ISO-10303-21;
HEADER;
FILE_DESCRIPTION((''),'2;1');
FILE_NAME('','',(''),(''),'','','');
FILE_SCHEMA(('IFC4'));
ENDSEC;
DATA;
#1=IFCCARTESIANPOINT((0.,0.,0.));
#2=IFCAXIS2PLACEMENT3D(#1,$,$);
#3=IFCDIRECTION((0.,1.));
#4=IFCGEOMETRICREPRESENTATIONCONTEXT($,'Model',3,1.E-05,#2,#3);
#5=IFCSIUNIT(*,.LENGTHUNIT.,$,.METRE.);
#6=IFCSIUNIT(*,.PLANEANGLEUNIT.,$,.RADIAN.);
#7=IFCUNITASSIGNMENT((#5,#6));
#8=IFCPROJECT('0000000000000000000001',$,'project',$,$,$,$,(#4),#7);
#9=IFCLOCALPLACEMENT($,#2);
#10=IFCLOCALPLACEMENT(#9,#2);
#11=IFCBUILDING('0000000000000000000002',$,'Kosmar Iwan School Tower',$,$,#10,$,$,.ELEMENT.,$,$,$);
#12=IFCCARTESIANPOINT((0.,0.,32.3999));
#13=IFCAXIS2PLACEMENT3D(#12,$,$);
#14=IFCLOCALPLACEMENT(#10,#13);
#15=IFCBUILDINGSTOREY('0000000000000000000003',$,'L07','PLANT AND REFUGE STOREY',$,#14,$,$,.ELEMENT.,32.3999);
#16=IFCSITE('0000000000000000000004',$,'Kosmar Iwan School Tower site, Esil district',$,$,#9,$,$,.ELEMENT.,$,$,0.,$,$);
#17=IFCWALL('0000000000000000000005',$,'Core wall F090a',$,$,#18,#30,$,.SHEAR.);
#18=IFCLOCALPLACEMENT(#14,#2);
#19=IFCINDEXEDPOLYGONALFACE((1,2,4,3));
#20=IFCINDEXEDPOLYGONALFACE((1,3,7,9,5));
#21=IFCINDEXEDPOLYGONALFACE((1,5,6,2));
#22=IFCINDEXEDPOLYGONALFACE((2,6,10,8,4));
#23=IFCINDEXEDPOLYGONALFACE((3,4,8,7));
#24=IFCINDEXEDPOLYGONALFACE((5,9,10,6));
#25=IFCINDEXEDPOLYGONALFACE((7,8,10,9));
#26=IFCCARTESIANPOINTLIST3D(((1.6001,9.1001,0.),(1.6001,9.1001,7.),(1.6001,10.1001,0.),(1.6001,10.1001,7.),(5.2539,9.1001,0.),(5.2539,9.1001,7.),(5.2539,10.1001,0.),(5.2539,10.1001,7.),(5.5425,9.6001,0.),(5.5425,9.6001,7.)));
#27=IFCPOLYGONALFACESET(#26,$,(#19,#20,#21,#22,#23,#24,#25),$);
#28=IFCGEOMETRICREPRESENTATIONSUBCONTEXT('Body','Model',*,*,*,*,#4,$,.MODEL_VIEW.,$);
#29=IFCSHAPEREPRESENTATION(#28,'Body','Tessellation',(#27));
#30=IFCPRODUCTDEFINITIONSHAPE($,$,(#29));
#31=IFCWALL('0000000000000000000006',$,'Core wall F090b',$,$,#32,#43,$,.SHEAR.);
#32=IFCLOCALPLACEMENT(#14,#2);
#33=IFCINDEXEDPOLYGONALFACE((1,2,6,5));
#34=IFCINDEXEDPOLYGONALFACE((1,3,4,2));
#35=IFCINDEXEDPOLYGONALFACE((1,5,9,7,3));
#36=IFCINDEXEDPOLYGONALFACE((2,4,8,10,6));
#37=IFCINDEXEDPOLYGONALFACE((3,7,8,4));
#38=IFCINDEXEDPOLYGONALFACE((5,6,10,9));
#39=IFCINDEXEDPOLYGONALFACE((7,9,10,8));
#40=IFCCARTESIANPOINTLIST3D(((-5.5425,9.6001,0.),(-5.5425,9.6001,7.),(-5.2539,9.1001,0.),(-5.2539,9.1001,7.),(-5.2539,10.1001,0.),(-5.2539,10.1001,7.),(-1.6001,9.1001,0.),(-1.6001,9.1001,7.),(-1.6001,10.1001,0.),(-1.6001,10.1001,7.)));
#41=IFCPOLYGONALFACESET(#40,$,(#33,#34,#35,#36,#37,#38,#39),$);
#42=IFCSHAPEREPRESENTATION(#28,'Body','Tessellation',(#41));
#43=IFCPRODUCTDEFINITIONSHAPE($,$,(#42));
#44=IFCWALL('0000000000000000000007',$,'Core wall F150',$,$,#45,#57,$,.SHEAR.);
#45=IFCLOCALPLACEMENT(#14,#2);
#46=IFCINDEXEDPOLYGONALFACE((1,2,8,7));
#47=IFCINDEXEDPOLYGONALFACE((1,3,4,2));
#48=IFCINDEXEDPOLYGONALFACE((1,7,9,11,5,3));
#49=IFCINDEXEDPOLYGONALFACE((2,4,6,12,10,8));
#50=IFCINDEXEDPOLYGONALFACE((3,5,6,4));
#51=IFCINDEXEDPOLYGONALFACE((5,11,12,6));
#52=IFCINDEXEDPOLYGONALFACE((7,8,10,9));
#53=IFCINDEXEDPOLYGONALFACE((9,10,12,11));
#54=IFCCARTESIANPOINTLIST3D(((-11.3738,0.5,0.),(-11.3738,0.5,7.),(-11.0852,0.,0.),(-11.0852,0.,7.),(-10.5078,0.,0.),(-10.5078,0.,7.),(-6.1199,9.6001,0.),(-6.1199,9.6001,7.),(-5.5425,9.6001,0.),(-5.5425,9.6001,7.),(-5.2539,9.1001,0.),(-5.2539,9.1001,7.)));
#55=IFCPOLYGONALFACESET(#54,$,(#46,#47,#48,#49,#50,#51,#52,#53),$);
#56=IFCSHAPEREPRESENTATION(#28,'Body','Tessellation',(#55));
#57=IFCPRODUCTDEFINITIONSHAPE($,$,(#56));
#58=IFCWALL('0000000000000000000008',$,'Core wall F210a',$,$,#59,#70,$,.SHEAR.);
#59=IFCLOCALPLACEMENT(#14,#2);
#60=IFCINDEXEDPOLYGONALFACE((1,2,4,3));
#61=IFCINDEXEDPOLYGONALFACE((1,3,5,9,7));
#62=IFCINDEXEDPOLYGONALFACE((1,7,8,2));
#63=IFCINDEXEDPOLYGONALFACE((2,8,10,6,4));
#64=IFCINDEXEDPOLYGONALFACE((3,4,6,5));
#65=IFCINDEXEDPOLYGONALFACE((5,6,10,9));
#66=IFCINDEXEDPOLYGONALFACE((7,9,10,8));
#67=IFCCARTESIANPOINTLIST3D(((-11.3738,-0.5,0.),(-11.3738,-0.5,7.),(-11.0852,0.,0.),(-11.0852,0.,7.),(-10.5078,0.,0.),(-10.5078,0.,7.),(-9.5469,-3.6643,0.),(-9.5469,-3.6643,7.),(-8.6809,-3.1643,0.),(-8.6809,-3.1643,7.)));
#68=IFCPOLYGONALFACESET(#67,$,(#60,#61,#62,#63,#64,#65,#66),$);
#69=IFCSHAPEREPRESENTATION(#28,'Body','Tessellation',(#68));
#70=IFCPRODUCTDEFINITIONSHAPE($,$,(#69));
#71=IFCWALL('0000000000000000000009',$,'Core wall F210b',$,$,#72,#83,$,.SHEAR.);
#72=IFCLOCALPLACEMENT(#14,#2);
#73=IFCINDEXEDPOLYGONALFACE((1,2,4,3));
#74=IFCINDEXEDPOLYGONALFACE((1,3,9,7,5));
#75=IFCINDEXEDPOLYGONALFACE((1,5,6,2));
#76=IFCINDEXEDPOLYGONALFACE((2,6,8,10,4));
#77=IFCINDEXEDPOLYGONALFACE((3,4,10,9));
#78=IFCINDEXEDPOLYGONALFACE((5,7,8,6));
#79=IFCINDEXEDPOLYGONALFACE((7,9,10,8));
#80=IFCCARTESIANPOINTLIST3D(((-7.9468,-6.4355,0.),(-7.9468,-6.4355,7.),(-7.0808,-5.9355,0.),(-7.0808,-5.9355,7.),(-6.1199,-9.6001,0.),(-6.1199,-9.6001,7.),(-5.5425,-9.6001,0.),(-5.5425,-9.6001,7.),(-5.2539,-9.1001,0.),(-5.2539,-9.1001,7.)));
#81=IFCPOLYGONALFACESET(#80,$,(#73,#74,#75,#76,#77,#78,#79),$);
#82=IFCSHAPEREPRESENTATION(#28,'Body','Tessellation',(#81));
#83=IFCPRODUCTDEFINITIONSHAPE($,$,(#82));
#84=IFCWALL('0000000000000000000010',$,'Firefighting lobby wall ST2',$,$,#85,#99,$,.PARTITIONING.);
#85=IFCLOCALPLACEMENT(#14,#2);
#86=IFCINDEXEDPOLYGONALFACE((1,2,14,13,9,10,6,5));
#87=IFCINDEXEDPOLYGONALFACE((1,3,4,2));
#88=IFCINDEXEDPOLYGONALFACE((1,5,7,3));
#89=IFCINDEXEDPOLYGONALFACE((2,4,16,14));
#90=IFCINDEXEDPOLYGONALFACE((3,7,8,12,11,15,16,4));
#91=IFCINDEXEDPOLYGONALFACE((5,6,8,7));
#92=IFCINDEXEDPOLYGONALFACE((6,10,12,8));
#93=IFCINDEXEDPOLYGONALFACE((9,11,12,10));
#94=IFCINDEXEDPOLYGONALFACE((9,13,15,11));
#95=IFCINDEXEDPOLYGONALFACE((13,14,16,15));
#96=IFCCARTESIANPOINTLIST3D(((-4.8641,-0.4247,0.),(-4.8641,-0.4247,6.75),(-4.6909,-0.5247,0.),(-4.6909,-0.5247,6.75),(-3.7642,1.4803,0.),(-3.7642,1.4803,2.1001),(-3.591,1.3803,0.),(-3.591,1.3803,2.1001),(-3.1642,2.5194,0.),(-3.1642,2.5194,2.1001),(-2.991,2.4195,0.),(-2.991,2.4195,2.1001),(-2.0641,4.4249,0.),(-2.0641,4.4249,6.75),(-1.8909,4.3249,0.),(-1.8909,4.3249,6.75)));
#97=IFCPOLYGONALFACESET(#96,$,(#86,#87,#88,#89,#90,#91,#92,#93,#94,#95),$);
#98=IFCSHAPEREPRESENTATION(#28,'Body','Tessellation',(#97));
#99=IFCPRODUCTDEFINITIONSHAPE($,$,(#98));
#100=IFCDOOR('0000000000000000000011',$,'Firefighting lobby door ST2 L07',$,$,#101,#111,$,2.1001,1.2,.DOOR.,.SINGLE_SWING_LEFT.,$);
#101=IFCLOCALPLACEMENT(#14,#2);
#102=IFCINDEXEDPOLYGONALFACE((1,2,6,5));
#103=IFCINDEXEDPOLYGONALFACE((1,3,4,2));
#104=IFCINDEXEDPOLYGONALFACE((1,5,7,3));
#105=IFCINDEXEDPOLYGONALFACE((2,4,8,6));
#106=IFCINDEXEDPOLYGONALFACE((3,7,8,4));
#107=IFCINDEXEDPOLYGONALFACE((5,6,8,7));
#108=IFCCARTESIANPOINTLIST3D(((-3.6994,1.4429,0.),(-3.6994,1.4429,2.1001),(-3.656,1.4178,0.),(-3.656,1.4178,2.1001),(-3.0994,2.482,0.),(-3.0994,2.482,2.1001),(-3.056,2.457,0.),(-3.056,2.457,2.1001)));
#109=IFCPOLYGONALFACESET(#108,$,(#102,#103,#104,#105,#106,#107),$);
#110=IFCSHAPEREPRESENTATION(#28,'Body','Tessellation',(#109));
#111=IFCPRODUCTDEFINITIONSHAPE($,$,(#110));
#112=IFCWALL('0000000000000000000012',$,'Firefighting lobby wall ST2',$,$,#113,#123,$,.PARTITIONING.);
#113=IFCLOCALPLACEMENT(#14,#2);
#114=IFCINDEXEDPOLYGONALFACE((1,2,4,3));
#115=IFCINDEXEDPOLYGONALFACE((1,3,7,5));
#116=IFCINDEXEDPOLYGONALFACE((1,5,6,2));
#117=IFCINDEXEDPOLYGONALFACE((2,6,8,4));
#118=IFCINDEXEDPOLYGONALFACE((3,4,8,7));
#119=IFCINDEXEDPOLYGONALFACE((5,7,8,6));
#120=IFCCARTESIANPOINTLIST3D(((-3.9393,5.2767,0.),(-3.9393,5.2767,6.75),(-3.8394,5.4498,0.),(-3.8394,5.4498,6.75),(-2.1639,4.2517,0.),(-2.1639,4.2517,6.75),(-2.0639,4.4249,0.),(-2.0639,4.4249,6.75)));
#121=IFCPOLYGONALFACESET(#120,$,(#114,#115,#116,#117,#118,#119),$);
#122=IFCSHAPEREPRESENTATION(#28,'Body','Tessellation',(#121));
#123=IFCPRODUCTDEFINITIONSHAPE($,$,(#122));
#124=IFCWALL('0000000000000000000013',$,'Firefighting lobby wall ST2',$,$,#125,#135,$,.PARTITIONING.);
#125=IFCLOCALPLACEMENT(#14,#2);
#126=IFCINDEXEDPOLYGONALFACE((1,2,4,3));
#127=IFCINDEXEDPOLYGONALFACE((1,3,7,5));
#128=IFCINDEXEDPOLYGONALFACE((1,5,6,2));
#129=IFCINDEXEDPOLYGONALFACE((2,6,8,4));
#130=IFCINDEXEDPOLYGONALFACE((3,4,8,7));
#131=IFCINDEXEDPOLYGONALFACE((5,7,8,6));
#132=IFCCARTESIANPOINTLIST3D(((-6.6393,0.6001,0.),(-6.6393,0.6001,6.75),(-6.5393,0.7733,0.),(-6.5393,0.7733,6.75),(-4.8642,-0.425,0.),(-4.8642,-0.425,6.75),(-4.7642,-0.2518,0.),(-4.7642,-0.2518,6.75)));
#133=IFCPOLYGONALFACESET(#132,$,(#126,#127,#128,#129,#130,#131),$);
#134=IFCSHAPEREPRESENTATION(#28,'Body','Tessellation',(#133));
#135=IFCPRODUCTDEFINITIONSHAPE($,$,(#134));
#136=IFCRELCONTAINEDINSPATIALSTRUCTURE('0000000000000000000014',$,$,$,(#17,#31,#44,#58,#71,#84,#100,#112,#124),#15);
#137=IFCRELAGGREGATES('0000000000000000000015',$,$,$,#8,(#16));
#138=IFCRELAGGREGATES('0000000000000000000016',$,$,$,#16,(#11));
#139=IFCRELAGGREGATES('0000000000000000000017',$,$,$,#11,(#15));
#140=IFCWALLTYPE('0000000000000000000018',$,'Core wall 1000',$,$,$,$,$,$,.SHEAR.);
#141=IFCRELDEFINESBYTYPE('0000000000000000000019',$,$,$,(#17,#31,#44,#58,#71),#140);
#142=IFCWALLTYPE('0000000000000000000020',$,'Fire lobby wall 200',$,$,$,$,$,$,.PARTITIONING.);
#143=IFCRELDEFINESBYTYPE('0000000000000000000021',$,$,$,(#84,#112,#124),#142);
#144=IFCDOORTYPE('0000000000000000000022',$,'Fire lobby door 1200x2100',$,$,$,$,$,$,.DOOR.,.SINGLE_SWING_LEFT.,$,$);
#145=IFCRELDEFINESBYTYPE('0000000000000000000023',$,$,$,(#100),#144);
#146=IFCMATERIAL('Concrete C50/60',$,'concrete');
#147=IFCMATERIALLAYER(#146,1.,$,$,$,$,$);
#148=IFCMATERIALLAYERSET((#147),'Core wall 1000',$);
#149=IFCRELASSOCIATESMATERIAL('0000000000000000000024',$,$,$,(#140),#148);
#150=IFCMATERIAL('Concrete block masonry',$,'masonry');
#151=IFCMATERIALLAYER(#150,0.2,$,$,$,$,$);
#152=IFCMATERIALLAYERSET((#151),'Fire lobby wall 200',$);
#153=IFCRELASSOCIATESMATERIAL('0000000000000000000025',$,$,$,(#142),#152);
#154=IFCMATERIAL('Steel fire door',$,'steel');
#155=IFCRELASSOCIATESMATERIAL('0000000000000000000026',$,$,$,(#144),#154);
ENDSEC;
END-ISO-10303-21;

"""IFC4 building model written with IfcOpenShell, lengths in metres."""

from ifc_helpers import new_model, si_unit, direction, frame, frame_2d, origin, place, context, subcontext, project, spatial, polyline, rectangle, outline, extrude, material, layer, layer_set, type_object, element, fill, save


model = new_model("IFC4")

# Units and contexts
model_context = context("Model", 3, precision=1e-05, world=origin(), true_north=direction((0.0, 1.0)))
body_context = subcontext(model_context, "Body", "Model", "MODEL_VIEW")
ifc_project = project(units=[si_unit("LENGTHUNIT", "METRE"), si_unit("PLANEANGLEUNIT", "RADIAN")], contexts=[model_context])

# Site, building, storey
site_placement = place(None, origin())
site = spatial("IfcSite", under=ifc_project, at=site_placement, Name="Kosmar Iwan School Tower site, Esil district", CompositionType="ELEMENT", RefElevation=0.0)
building_placement = place(site_placement, origin())
building = spatial("IfcBuilding", under=site, at=building_placement, Name="Kosmar Iwan School Tower", CompositionType="ELEMENT")
storey_placement = place(building_placement, frame((0.0, 0.0, 32.3999)))
storey = spatial("IfcBuildingStorey", under=building, at=storey_placement, Name="L07", Description="PLANT AND REFUGE STOREY", CompositionType="ELEMENT", Elevation=32.3999)

# Walls
ifc_material_1 = material(Name="Concrete C50/60", Category="concrete")
ifc_layer_1 = layer(ifc_material_1, 1.0)
ifc_layer_set_1 = layer_set([ifc_layer_1], Name="Core wall 1000")
wall_type_1 = type_object("IfcWallType", Name="Core wall 1000", PredefinedType="SHEAR", material=ifc_layer_set_1)
wall_1_placement = place(storey_placement, origin())
element("IfcWall", 1, at=wall_1_placement, inside=storey, type_object=wall_type_1, Name="Core wall F090a", PredefinedType="SHEAR", context=body_context, shape_type="SweptSolid", body=[
    extrude(outline(polyline([(1.6001, 9.1001), (5.2539, 9.1001), (5.5425, 9.6001), (5.2539, 10.1001), (1.6001, 10.1001), (1.6001, 9.1001)])), origin(), (0.0, 0.0, 1.0), 7.0),
])
wall_2_placement = place(storey_placement, origin())
element("IfcWall", 2, at=wall_2_placement, inside=storey, type_object=wall_type_1, Name="Core wall F090b", PredefinedType="SHEAR", context=body_context, shape_type="SweptSolid", body=[
    extrude(outline(polyline([(-5.2539, 9.1001), (-1.6001, 9.1001), (-1.6001, 10.1001), (-5.2539, 10.1001), (-5.5425, 9.6001), (-5.2539, 9.1001)])), origin(), (0.0, 0.0, 1.0), 7.0),
])
wall_3_placement = place(storey_placement, origin())
element("IfcWall", 3, at=wall_3_placement, inside=storey, type_object=wall_type_1, Name="Core wall F150", PredefinedType="SHEAR", context=body_context, shape_type="SweptSolid", body=[
    extrude(outline(polyline([(-11.0852, 0.0), (-10.5078, 0.0), (-5.2539, 9.1001), (-5.5425, 9.6001), (-6.1199, 9.6001), (-11.3738, 0.5), (-11.0852, 0.0)])), origin(), (0.0, 0.0, 1.0), 7.0),
])
wall_4_placement = place(storey_placement, origin())
element("IfcWall", 4, at=wall_4_placement, inside=storey, type_object=wall_type_1, Name="Core wall F210a", PredefinedType="SHEAR", context=body_context, shape_type="SweptSolid", body=[
    extrude(outline(polyline([(-9.5469, -3.6643), (-8.6809, -3.1643), (-10.5078, 0.0), (-11.0852, 0.0), (-11.3738, -0.5), (-9.5469, -3.6643)])), origin(), (0.0, 0.0, 1.0), 7.0),
])
wall_5_placement = place(storey_placement, origin())
element("IfcWall", 5, at=wall_5_placement, inside=storey, type_object=wall_type_1, Name="Core wall F210b", PredefinedType="SHEAR", context=body_context, shape_type="SweptSolid", body=[
    extrude(outline(polyline([(-6.1199, -9.6001), (-5.5425, -9.6001), (-5.2539, -9.1001), (-7.0808, -5.9355), (-7.9468, -6.4355), (-6.1199, -9.6001)])), origin(), (0.0, 0.0, 1.0), 7.0),
])

# Wall, opening, door
ifc_material_2 = material(Name="Concrete block masonry", Category="masonry")
ifc_layer_2 = layer(ifc_material_2, 0.2)
ifc_layer_set_2 = layer_set([ifc_layer_2], Name="Fire lobby wall 200")
wall_type_2 = type_object("IfcWallType", Name="Fire lobby wall 200", PredefinedType="PARTITIONING", material=ifc_layer_set_2)
wall_6_placement = place(storey_placement, frame((-1.9775, 4.3748, 0.0), z_axis=(0.0, 0.0, 1.0), x_axis=(-0.500017, -0.866016, 0.0)))
wall_6 = element("IfcWall", 6, at=wall_6_placement, inside=storey, type_object=wall_type_2, Name="Firefighting lobby wall ST2", PredefinedType="PARTITIONING", context=body_context, shape_type="SweptSolid", body=[
    extrude(rectangle(XDim=5.5999, YDim=0.2, at=frame_2d((2.7998, 0.0))), origin(), (0.0, 0.0, 1.0), 6.75),
])
opening_1_placement = place(wall_6_placement, frame((2.2, 0.0, 0.0)))
opening_1 = element("IfcOpeningElement", 7, at=opening_1_placement, cuts=wall_6, PredefinedType="OPENING", context=body_context, shape_type="SweptSolid", body=[
    extrude(rectangle(XDim=1.2, YDim=2.1001, at=frame_2d((0.6001, 1.05))), frame((0.0, 0.1121, 0.0), z_axis=(0.0, -1.0, 0.0), x_axis=(1.0, 0.0, 0.0)), (0.0, 0.0, 1.0), 0.2239),
])
ifc_material_3 = material(Name="Steel fire door", Category="steel")
door_type_1 = type_object("IfcDoorType", Name="Fire lobby door 1200x2100", OperationType="SINGLE_SWING_LEFT", PredefinedType="DOOR", material=ifc_material_3)
door_1_placement = place(opening_1_placement, origin())
door_1 = element("IfcDoor", 8, at=door_1_placement, inside=storey, type_object=door_type_1, Name="Firefighting lobby door ST2 L07", OperationType="SINGLE_SWING_LEFT", OverallHeight=2.1001, OverallWidth=1.2, PredefinedType="DOOR", context=body_context, shape_type="SweptSolid", body=[
    extrude(rectangle(XDim=1.2, YDim=2.1001, at=frame_2d((0.6001, 1.05))), frame((0.0, 0.0249, 0.0), z_axis=(0.0, -1.0, 0.0), x_axis=(1.0, 0.0, 0.0)), (0.0, 0.0, 1.0), 0.05),
])
fill(opening_1, door_1)

# Walls
wall_7_placement = place(storey_placement, frame((-2.114, 4.3384, 0.0), z_axis=(0.0, 0.0, 1.0), x_axis=(-0.866051, 0.499956, 0.0)))
element("IfcWall", 9, at=wall_7_placement, inside=storey, type_object=wall_type_2, Name="Firefighting lobby wall ST2", PredefinedType="PARTITIONING", context=body_context, shape_type="SweptSolid", body=[
    extrude(rectangle(XDim=2.05, YDim=0.2, at=frame_2d((1.0249, 0.0))), origin(), (0.0, 0.0, 1.0), 6.75),
])
wall_8_placement = place(storey_placement, frame((-4.8142, -0.3384, 0.0), z_axis=(0.0, 0.0, 1.0), x_axis=(-0.865969, 0.500097, 0.0)))
element("IfcWall", 10, at=wall_8_placement, inside=storey, type_object=wall_type_2, Name="Firefighting lobby wall ST2", PredefinedType="PARTITIONING", context=body_context, shape_type="SweptSolid", body=[
    extrude(rectangle(XDim=2.0498, YDim=0.2, at=frame_2d((1.0249, 0.0))), origin(), (0.0, 0.0, 1.0), 6.75),
])

save(model, "model.ifc")
